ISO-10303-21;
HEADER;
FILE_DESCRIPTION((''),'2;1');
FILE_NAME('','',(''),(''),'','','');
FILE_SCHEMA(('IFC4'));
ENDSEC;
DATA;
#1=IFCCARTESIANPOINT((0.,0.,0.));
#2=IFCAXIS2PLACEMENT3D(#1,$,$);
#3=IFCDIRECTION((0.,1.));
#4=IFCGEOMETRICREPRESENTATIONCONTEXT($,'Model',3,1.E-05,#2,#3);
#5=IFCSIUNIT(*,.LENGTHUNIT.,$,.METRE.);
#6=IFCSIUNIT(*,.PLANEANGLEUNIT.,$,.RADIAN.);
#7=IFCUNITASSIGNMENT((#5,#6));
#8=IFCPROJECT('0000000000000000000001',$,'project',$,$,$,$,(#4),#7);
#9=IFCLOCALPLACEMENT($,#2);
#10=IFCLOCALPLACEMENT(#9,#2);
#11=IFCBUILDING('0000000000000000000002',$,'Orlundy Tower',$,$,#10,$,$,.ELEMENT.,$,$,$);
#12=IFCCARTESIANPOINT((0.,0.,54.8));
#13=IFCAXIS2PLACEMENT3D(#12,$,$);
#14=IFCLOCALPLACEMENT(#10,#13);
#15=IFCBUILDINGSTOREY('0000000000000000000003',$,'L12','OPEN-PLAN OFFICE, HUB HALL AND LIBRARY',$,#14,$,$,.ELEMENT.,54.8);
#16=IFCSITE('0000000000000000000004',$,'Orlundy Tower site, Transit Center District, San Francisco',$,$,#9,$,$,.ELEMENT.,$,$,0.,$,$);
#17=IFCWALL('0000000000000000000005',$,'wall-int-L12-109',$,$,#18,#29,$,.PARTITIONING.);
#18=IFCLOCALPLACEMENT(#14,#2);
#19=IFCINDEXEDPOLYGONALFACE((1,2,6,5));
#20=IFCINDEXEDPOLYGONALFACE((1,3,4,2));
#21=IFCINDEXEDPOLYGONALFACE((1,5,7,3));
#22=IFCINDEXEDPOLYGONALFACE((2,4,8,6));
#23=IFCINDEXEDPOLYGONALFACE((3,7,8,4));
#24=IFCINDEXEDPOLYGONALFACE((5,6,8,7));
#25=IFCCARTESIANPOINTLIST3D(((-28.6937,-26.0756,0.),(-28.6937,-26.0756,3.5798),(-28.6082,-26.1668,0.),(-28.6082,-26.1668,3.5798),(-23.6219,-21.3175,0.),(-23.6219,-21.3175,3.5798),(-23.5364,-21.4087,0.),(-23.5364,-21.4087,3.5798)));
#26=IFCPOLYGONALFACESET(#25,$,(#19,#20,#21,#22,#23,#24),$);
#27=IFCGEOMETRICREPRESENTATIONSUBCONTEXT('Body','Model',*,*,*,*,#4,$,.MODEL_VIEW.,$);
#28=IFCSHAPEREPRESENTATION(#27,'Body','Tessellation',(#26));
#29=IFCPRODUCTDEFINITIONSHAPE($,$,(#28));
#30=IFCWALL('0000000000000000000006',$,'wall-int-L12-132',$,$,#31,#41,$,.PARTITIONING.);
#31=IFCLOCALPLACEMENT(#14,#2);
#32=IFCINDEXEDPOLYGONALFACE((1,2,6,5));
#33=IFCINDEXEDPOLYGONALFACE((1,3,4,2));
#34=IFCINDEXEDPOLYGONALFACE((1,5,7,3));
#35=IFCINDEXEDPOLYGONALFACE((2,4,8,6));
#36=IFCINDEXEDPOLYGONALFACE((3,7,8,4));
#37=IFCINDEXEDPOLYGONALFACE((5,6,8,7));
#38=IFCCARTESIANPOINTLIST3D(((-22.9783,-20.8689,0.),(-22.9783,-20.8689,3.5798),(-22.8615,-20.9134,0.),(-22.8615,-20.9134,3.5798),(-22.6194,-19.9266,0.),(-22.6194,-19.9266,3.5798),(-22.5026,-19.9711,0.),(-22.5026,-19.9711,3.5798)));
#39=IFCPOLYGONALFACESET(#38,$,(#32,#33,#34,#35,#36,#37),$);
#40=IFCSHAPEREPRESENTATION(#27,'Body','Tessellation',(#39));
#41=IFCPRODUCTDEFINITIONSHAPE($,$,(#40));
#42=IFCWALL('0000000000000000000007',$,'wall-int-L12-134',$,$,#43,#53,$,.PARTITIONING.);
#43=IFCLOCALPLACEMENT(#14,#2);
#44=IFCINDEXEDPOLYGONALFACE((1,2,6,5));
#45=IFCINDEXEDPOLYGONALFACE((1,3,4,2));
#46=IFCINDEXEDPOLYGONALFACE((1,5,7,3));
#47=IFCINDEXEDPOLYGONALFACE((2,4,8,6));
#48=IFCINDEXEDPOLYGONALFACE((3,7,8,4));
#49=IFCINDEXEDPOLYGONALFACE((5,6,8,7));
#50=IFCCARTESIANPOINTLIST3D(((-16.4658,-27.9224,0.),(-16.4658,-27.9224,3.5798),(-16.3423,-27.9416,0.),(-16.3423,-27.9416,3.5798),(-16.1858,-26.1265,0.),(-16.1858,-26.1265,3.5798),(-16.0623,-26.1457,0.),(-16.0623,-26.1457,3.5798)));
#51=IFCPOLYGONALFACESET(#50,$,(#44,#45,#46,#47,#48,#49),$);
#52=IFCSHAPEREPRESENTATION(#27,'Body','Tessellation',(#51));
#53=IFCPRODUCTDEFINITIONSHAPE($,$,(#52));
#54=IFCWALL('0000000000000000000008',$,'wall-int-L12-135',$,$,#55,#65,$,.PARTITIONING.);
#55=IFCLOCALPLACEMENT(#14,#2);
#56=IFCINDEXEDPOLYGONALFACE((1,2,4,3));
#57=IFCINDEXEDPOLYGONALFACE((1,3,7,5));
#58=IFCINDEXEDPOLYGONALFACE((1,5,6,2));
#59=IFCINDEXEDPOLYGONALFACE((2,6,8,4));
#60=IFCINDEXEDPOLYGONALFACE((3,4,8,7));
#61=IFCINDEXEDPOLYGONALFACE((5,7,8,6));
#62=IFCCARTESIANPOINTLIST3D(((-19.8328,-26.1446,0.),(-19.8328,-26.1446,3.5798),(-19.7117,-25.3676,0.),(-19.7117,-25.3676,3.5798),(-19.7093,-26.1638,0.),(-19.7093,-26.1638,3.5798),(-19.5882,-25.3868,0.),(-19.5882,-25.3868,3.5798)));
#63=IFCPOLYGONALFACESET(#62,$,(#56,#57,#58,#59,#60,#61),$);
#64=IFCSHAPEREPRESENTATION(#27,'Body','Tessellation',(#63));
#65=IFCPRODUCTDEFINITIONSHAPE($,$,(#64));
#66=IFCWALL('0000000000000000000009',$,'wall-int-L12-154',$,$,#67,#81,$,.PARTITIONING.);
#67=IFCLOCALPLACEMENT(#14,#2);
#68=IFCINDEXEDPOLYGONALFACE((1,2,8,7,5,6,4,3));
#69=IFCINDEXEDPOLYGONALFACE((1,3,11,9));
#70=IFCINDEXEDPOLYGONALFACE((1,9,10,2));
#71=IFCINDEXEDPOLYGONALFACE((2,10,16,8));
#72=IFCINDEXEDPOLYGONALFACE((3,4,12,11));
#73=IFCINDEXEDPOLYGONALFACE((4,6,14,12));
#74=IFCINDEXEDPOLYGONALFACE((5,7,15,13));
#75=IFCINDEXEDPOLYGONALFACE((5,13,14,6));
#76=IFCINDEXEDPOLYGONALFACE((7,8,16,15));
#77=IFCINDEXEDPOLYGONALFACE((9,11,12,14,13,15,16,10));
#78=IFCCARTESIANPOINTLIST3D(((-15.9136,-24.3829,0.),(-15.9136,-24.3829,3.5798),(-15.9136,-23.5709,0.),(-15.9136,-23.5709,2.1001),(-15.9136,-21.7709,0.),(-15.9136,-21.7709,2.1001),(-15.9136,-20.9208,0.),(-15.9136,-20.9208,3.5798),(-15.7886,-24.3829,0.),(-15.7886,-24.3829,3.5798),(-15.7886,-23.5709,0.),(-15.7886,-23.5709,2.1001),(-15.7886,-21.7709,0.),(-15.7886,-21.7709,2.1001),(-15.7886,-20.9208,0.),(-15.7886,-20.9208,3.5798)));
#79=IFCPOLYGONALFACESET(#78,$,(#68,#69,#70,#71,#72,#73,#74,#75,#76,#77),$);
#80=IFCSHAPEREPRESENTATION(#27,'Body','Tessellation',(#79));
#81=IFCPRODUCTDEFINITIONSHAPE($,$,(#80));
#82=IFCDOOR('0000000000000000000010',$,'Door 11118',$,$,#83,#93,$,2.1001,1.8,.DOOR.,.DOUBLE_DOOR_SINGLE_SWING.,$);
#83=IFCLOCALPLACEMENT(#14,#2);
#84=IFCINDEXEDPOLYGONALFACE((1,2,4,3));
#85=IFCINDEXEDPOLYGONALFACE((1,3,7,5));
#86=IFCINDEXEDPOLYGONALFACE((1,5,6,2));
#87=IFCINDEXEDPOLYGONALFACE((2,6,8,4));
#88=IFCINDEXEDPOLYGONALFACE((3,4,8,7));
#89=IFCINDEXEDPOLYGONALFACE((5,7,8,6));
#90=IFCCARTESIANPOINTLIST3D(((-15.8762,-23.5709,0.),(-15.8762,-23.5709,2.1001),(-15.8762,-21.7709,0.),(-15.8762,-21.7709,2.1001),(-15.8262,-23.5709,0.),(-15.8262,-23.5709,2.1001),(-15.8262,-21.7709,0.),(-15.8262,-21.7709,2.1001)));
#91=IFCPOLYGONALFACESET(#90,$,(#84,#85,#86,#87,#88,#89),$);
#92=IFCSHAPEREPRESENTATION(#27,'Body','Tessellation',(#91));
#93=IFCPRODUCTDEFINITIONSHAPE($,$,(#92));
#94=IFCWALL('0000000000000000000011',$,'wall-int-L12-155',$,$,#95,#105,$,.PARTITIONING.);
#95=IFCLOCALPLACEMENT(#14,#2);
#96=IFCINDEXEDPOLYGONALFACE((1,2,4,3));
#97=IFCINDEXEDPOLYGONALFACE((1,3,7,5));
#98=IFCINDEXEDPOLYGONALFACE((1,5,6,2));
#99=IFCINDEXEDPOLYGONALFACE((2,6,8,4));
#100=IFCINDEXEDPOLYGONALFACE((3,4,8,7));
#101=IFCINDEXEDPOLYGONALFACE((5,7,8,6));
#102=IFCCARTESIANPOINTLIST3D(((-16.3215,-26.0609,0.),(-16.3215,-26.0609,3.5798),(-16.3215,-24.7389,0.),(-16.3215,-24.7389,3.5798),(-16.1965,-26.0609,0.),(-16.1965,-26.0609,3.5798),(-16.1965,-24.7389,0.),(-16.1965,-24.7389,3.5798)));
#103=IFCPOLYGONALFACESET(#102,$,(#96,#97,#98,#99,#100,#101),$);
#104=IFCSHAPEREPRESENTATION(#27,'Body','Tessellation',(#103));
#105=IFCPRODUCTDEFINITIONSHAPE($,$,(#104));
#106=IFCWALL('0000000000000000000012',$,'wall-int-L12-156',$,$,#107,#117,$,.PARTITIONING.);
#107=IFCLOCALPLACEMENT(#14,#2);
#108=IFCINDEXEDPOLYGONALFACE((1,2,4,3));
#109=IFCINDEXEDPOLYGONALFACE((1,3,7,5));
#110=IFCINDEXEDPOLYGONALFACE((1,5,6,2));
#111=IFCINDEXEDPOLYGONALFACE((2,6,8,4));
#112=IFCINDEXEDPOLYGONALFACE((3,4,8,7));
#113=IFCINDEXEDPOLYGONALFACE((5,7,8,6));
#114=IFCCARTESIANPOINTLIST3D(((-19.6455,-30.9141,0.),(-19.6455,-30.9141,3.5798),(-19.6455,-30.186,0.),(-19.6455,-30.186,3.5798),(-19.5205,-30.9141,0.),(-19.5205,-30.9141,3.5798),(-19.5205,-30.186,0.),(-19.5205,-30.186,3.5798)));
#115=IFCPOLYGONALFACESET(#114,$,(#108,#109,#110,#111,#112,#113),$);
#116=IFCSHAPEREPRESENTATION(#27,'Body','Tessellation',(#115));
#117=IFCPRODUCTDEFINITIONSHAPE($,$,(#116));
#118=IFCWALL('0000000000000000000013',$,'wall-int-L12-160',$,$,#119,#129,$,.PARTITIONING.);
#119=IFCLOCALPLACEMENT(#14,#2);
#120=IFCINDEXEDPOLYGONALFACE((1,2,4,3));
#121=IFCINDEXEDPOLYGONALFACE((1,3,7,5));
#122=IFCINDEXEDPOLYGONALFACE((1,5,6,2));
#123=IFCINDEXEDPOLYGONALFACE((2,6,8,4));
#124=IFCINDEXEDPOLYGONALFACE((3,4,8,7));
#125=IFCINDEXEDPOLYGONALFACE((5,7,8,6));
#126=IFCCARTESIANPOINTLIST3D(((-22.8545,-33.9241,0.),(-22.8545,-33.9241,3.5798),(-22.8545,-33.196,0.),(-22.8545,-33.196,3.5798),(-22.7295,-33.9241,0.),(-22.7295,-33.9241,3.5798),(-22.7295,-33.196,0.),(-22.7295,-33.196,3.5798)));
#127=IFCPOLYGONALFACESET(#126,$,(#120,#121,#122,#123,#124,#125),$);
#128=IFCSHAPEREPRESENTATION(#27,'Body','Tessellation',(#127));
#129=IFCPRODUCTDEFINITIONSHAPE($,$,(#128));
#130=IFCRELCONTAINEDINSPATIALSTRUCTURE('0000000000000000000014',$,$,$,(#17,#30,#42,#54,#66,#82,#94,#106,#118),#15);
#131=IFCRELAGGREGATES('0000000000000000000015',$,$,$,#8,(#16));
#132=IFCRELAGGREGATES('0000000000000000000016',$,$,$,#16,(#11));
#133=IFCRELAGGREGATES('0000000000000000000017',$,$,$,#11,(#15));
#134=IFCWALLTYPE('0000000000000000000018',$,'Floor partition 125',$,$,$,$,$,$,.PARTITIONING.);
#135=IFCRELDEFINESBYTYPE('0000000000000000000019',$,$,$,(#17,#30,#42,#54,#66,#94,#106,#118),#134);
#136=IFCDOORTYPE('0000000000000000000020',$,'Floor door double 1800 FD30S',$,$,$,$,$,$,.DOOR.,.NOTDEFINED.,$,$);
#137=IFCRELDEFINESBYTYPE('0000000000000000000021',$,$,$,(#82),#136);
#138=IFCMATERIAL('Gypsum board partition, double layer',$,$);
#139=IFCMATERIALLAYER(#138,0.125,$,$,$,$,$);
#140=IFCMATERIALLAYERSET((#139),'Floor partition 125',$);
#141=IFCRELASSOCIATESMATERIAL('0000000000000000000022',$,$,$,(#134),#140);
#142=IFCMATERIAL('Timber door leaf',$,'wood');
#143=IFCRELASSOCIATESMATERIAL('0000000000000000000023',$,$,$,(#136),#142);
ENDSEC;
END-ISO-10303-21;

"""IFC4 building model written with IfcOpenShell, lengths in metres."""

from ifc_helpers import new_model, si_unit, direction, frame, frame_2d, origin, place, context, subcontext, project, spatial, rectangle, extrude, material, layer, layer_set, type_object, element, fill, save


model = new_model("IFC4")

# Units and contexts
model_context = context("Model", 3, precision=1e-05, world=origin(), true_north=direction((0.0, 1.0)))
body_context = subcontext(model_context, "Body", "Model", "MODEL_VIEW")
ifc_project = project(units=[si_unit("LENGTHUNIT", "METRE"), si_unit("PLANEANGLEUNIT", "RADIAN")], contexts=[model_context])

# Site, building, storey
site_placement = place(None, origin())
site = spatial("IfcSite", under=ifc_project, at=site_placement, Name="Orlundy Tower site, Transit Center District, San Francisco", CompositionType="ELEMENT", RefElevation=0.0)
building_placement = place(site_placement, origin())
building = spatial("IfcBuilding", under=site, at=building_placement, Name="Orlundy Tower", CompositionType="ELEMENT")
storey_placement = place(building_placement, frame((0.0, 0.0, 54.8)))
storey = spatial("IfcBuildingStorey", under=building, at=storey_placement, Name="L12", Description="OPEN-PLAN OFFICE, HUB HALL AND LIBRARY", CompositionType="ELEMENT", Elevation=54.8)

# Shared definitions
ifc_material_1 = material(Name="Gypsum board partition, double layer")
ifc_layer_1 = layer(ifc_material_1, 0.125)
ifc_layer_set_1 = layer_set([ifc_layer_1], Name="Floor partition 125")
wall_type_1 = type_object("IfcWallType", Name="Floor partition 125", PredefinedType="PARTITIONING", material=ifc_layer_set_1)

# Walls
wall_1_placement = place(storey_placement, frame((-28.6509, -26.1211, 0.0), z_axis=(0.0, 0.0, 1.0), x_axis=(0.729303, 0.684191, 0.0)))
element("IfcWall", 1, at=wall_1_placement, inside=storey, type_object=wall_type_1, Name="wall-int-L12-109", PredefinedType="PARTITIONING", context=body_context, shape_type="SweptSolid", body=[
    extrude(rectangle(XDim=6.9543, YDim=0.125, at=frame_2d((3.4771, 0.0))), origin(), (0.0, 0.0, 1.0), 3.5798),
])
wall_2_placement = place(storey_placement, frame((-22.9199, -20.8911, 0.0), z_axis=(0.0, 0.0, 1.0), x_axis=(0.355975, 0.934495, 0.0)))
element("IfcWall", 2, at=wall_2_placement, inside=storey, type_object=wall_type_1, Name="wall-int-L12-132", PredefinedType="PARTITIONING", context=body_context, shape_type="SweptSolid", body=[
    extrude(rectangle(XDim=1.0083, YDim=0.125, at=frame_2d((0.5042, 0.0))), origin(), (0.0, 0.0, 1.0), 3.5798),
])
wall_3_placement = place(storey_placement, frame((-16.4041, -27.9319, 0.0), z_axis=(0.0, 0.0, 1.0), x_axis=(0.154065, 0.988061, 0.0)))
element("IfcWall", 3, at=wall_3_placement, inside=storey, type_object=wall_type_1, Name="wall-int-L12-134", PredefinedType="PARTITIONING", context=body_context, shape_type="SweptSolid", body=[
    extrude(rectangle(XDim=1.8176, YDim=0.125, at=frame_2d((0.9087, 0.0))), origin(), (0.0, 0.0, 1.0), 3.5798),
])
wall_4_placement = place(storey_placement, frame((-19.771, -26.1541, 0.0), z_axis=(0.0, 0.0, 1.0), x_axis=(0.15397, 0.988076, 0.0)))
element("IfcWall", 4, at=wall_4_placement, inside=storey, type_object=wall_type_1, Name="wall-int-L12-135", PredefinedType="PARTITIONING", context=body_context, shape_type="SweptSolid", body=[
    extrude(rectangle(XDim=0.7864, YDim=0.125, at=frame_2d((0.3931, 0.0))), origin(), (0.0, 0.0, 1.0), 3.5798),
])

# Wall, opening, door
wall_5_placement = place(storey_placement, frame((-15.8511, -20.9209, 0.0), z_axis=(0.0, 0.0, 1.0), x_axis=(0.0, -1.0, 0.0)))
wall_5 = element("IfcWall", 5, at=wall_5_placement, inside=storey, type_object=wall_type_1, Name="wall-int-L12-154", PredefinedType="PARTITIONING", context=body_context, shape_type="SweptSolid", body=[
    extrude(rectangle(XDim=3.4622, YDim=0.125, at=frame_2d((1.731, 0.0))), origin(), (0.0, 0.0, 1.0), 3.5798),
])
opening_1_placement = place(wall_5_placement, frame((0.8501, 0.0, 0.0)))
opening_1 = element("IfcOpeningElement", 6, at=opening_1_placement, cuts=wall_5, PredefinedType="OPENING", context=body_context, shape_type="SweptSolid", body=[
    extrude(rectangle(XDim=1.8, YDim=2.1001, at=frame_2d((0.8999, 1.05))), frame((0.0, 0.0725, 0.0), z_axis=(0.0, -1.0, 0.0), x_axis=(1.0, 0.0, 0.0)), (0.0, 0.0, 1.0), 0.145),
])
ifc_material_2 = material(Name="Timber door leaf", Category="wood")
door_type_1 = type_object("IfcDoorType", Name="Floor door double 1800 FD30S", OperationType="NOTDEFINED", PredefinedType="DOOR", material=ifc_material_2)
door_1_placement = place(opening_1_placement, origin())
door_1 = element("IfcDoor", 7, at=door_1_placement, inside=storey, type_object=door_type_1, Name="Door 11118", OperationType="DOUBLE_DOOR_SINGLE_SWING", OverallHeight=2.1001, OverallWidth=1.8, PredefinedType="DOOR", context=body_context, shape_type="SweptSolid", body=[
    extrude(rectangle(XDim=1.8, YDim=2.1001, at=frame_2d((0.8999, 1.05))), frame((0.0, 0.0249, 0.0), z_axis=(0.0, -1.0, 0.0), x_axis=(1.0, 0.0, 0.0)), (0.0, 0.0, 1.0), 0.05),
])
fill(opening_1, door_1)

# Walls
wall_6_placement = place(storey_placement, frame((-16.259, -26.061, 0.0), z_axis=(0.0, 0.0, 1.0), x_axis=(0.0, 1.0, 0.0)))
element("IfcWall", 8, at=wall_6_placement, inside=storey, type_object=wall_type_1, Name="wall-int-L12-155", PredefinedType="PARTITIONING", context=body_context, shape_type="SweptSolid", body=[
    extrude(rectangle(XDim=1.322, YDim=0.125, at=frame_2d((0.6611, 0.0))), origin(), (0.0, 0.0, 1.0), 3.5798),
])
for number, where, z_axis, x_axis, name in (
    (9, (-19.583, -30.9141, 0.0), (0.0, 0.0, 1.0), (0.0, 1.0, 0.0), "wall-int-L12-156"),
    (10, (-22.792, -33.9241, 0.0), (0.0, 0.0, 1.0), (0.0, 1.0, 0.0), "wall-int-L12-160"),
):
    element("IfcWall", number, at=place(storey_placement, frame(where, z_axis=z_axis, x_axis=x_axis)), inside=storey, type_object=wall_type_1, Name=name, PredefinedType="PARTITIONING", context=body_context, shape_type="SweptSolid", body=[
        extrude(rectangle(XDim=0.728, YDim=0.125, at=frame_2d((0.364, 0.0))), origin(), (0.0, 0.0, 1.0), 3.5798),
    ])

save(model, "model.ifc")
